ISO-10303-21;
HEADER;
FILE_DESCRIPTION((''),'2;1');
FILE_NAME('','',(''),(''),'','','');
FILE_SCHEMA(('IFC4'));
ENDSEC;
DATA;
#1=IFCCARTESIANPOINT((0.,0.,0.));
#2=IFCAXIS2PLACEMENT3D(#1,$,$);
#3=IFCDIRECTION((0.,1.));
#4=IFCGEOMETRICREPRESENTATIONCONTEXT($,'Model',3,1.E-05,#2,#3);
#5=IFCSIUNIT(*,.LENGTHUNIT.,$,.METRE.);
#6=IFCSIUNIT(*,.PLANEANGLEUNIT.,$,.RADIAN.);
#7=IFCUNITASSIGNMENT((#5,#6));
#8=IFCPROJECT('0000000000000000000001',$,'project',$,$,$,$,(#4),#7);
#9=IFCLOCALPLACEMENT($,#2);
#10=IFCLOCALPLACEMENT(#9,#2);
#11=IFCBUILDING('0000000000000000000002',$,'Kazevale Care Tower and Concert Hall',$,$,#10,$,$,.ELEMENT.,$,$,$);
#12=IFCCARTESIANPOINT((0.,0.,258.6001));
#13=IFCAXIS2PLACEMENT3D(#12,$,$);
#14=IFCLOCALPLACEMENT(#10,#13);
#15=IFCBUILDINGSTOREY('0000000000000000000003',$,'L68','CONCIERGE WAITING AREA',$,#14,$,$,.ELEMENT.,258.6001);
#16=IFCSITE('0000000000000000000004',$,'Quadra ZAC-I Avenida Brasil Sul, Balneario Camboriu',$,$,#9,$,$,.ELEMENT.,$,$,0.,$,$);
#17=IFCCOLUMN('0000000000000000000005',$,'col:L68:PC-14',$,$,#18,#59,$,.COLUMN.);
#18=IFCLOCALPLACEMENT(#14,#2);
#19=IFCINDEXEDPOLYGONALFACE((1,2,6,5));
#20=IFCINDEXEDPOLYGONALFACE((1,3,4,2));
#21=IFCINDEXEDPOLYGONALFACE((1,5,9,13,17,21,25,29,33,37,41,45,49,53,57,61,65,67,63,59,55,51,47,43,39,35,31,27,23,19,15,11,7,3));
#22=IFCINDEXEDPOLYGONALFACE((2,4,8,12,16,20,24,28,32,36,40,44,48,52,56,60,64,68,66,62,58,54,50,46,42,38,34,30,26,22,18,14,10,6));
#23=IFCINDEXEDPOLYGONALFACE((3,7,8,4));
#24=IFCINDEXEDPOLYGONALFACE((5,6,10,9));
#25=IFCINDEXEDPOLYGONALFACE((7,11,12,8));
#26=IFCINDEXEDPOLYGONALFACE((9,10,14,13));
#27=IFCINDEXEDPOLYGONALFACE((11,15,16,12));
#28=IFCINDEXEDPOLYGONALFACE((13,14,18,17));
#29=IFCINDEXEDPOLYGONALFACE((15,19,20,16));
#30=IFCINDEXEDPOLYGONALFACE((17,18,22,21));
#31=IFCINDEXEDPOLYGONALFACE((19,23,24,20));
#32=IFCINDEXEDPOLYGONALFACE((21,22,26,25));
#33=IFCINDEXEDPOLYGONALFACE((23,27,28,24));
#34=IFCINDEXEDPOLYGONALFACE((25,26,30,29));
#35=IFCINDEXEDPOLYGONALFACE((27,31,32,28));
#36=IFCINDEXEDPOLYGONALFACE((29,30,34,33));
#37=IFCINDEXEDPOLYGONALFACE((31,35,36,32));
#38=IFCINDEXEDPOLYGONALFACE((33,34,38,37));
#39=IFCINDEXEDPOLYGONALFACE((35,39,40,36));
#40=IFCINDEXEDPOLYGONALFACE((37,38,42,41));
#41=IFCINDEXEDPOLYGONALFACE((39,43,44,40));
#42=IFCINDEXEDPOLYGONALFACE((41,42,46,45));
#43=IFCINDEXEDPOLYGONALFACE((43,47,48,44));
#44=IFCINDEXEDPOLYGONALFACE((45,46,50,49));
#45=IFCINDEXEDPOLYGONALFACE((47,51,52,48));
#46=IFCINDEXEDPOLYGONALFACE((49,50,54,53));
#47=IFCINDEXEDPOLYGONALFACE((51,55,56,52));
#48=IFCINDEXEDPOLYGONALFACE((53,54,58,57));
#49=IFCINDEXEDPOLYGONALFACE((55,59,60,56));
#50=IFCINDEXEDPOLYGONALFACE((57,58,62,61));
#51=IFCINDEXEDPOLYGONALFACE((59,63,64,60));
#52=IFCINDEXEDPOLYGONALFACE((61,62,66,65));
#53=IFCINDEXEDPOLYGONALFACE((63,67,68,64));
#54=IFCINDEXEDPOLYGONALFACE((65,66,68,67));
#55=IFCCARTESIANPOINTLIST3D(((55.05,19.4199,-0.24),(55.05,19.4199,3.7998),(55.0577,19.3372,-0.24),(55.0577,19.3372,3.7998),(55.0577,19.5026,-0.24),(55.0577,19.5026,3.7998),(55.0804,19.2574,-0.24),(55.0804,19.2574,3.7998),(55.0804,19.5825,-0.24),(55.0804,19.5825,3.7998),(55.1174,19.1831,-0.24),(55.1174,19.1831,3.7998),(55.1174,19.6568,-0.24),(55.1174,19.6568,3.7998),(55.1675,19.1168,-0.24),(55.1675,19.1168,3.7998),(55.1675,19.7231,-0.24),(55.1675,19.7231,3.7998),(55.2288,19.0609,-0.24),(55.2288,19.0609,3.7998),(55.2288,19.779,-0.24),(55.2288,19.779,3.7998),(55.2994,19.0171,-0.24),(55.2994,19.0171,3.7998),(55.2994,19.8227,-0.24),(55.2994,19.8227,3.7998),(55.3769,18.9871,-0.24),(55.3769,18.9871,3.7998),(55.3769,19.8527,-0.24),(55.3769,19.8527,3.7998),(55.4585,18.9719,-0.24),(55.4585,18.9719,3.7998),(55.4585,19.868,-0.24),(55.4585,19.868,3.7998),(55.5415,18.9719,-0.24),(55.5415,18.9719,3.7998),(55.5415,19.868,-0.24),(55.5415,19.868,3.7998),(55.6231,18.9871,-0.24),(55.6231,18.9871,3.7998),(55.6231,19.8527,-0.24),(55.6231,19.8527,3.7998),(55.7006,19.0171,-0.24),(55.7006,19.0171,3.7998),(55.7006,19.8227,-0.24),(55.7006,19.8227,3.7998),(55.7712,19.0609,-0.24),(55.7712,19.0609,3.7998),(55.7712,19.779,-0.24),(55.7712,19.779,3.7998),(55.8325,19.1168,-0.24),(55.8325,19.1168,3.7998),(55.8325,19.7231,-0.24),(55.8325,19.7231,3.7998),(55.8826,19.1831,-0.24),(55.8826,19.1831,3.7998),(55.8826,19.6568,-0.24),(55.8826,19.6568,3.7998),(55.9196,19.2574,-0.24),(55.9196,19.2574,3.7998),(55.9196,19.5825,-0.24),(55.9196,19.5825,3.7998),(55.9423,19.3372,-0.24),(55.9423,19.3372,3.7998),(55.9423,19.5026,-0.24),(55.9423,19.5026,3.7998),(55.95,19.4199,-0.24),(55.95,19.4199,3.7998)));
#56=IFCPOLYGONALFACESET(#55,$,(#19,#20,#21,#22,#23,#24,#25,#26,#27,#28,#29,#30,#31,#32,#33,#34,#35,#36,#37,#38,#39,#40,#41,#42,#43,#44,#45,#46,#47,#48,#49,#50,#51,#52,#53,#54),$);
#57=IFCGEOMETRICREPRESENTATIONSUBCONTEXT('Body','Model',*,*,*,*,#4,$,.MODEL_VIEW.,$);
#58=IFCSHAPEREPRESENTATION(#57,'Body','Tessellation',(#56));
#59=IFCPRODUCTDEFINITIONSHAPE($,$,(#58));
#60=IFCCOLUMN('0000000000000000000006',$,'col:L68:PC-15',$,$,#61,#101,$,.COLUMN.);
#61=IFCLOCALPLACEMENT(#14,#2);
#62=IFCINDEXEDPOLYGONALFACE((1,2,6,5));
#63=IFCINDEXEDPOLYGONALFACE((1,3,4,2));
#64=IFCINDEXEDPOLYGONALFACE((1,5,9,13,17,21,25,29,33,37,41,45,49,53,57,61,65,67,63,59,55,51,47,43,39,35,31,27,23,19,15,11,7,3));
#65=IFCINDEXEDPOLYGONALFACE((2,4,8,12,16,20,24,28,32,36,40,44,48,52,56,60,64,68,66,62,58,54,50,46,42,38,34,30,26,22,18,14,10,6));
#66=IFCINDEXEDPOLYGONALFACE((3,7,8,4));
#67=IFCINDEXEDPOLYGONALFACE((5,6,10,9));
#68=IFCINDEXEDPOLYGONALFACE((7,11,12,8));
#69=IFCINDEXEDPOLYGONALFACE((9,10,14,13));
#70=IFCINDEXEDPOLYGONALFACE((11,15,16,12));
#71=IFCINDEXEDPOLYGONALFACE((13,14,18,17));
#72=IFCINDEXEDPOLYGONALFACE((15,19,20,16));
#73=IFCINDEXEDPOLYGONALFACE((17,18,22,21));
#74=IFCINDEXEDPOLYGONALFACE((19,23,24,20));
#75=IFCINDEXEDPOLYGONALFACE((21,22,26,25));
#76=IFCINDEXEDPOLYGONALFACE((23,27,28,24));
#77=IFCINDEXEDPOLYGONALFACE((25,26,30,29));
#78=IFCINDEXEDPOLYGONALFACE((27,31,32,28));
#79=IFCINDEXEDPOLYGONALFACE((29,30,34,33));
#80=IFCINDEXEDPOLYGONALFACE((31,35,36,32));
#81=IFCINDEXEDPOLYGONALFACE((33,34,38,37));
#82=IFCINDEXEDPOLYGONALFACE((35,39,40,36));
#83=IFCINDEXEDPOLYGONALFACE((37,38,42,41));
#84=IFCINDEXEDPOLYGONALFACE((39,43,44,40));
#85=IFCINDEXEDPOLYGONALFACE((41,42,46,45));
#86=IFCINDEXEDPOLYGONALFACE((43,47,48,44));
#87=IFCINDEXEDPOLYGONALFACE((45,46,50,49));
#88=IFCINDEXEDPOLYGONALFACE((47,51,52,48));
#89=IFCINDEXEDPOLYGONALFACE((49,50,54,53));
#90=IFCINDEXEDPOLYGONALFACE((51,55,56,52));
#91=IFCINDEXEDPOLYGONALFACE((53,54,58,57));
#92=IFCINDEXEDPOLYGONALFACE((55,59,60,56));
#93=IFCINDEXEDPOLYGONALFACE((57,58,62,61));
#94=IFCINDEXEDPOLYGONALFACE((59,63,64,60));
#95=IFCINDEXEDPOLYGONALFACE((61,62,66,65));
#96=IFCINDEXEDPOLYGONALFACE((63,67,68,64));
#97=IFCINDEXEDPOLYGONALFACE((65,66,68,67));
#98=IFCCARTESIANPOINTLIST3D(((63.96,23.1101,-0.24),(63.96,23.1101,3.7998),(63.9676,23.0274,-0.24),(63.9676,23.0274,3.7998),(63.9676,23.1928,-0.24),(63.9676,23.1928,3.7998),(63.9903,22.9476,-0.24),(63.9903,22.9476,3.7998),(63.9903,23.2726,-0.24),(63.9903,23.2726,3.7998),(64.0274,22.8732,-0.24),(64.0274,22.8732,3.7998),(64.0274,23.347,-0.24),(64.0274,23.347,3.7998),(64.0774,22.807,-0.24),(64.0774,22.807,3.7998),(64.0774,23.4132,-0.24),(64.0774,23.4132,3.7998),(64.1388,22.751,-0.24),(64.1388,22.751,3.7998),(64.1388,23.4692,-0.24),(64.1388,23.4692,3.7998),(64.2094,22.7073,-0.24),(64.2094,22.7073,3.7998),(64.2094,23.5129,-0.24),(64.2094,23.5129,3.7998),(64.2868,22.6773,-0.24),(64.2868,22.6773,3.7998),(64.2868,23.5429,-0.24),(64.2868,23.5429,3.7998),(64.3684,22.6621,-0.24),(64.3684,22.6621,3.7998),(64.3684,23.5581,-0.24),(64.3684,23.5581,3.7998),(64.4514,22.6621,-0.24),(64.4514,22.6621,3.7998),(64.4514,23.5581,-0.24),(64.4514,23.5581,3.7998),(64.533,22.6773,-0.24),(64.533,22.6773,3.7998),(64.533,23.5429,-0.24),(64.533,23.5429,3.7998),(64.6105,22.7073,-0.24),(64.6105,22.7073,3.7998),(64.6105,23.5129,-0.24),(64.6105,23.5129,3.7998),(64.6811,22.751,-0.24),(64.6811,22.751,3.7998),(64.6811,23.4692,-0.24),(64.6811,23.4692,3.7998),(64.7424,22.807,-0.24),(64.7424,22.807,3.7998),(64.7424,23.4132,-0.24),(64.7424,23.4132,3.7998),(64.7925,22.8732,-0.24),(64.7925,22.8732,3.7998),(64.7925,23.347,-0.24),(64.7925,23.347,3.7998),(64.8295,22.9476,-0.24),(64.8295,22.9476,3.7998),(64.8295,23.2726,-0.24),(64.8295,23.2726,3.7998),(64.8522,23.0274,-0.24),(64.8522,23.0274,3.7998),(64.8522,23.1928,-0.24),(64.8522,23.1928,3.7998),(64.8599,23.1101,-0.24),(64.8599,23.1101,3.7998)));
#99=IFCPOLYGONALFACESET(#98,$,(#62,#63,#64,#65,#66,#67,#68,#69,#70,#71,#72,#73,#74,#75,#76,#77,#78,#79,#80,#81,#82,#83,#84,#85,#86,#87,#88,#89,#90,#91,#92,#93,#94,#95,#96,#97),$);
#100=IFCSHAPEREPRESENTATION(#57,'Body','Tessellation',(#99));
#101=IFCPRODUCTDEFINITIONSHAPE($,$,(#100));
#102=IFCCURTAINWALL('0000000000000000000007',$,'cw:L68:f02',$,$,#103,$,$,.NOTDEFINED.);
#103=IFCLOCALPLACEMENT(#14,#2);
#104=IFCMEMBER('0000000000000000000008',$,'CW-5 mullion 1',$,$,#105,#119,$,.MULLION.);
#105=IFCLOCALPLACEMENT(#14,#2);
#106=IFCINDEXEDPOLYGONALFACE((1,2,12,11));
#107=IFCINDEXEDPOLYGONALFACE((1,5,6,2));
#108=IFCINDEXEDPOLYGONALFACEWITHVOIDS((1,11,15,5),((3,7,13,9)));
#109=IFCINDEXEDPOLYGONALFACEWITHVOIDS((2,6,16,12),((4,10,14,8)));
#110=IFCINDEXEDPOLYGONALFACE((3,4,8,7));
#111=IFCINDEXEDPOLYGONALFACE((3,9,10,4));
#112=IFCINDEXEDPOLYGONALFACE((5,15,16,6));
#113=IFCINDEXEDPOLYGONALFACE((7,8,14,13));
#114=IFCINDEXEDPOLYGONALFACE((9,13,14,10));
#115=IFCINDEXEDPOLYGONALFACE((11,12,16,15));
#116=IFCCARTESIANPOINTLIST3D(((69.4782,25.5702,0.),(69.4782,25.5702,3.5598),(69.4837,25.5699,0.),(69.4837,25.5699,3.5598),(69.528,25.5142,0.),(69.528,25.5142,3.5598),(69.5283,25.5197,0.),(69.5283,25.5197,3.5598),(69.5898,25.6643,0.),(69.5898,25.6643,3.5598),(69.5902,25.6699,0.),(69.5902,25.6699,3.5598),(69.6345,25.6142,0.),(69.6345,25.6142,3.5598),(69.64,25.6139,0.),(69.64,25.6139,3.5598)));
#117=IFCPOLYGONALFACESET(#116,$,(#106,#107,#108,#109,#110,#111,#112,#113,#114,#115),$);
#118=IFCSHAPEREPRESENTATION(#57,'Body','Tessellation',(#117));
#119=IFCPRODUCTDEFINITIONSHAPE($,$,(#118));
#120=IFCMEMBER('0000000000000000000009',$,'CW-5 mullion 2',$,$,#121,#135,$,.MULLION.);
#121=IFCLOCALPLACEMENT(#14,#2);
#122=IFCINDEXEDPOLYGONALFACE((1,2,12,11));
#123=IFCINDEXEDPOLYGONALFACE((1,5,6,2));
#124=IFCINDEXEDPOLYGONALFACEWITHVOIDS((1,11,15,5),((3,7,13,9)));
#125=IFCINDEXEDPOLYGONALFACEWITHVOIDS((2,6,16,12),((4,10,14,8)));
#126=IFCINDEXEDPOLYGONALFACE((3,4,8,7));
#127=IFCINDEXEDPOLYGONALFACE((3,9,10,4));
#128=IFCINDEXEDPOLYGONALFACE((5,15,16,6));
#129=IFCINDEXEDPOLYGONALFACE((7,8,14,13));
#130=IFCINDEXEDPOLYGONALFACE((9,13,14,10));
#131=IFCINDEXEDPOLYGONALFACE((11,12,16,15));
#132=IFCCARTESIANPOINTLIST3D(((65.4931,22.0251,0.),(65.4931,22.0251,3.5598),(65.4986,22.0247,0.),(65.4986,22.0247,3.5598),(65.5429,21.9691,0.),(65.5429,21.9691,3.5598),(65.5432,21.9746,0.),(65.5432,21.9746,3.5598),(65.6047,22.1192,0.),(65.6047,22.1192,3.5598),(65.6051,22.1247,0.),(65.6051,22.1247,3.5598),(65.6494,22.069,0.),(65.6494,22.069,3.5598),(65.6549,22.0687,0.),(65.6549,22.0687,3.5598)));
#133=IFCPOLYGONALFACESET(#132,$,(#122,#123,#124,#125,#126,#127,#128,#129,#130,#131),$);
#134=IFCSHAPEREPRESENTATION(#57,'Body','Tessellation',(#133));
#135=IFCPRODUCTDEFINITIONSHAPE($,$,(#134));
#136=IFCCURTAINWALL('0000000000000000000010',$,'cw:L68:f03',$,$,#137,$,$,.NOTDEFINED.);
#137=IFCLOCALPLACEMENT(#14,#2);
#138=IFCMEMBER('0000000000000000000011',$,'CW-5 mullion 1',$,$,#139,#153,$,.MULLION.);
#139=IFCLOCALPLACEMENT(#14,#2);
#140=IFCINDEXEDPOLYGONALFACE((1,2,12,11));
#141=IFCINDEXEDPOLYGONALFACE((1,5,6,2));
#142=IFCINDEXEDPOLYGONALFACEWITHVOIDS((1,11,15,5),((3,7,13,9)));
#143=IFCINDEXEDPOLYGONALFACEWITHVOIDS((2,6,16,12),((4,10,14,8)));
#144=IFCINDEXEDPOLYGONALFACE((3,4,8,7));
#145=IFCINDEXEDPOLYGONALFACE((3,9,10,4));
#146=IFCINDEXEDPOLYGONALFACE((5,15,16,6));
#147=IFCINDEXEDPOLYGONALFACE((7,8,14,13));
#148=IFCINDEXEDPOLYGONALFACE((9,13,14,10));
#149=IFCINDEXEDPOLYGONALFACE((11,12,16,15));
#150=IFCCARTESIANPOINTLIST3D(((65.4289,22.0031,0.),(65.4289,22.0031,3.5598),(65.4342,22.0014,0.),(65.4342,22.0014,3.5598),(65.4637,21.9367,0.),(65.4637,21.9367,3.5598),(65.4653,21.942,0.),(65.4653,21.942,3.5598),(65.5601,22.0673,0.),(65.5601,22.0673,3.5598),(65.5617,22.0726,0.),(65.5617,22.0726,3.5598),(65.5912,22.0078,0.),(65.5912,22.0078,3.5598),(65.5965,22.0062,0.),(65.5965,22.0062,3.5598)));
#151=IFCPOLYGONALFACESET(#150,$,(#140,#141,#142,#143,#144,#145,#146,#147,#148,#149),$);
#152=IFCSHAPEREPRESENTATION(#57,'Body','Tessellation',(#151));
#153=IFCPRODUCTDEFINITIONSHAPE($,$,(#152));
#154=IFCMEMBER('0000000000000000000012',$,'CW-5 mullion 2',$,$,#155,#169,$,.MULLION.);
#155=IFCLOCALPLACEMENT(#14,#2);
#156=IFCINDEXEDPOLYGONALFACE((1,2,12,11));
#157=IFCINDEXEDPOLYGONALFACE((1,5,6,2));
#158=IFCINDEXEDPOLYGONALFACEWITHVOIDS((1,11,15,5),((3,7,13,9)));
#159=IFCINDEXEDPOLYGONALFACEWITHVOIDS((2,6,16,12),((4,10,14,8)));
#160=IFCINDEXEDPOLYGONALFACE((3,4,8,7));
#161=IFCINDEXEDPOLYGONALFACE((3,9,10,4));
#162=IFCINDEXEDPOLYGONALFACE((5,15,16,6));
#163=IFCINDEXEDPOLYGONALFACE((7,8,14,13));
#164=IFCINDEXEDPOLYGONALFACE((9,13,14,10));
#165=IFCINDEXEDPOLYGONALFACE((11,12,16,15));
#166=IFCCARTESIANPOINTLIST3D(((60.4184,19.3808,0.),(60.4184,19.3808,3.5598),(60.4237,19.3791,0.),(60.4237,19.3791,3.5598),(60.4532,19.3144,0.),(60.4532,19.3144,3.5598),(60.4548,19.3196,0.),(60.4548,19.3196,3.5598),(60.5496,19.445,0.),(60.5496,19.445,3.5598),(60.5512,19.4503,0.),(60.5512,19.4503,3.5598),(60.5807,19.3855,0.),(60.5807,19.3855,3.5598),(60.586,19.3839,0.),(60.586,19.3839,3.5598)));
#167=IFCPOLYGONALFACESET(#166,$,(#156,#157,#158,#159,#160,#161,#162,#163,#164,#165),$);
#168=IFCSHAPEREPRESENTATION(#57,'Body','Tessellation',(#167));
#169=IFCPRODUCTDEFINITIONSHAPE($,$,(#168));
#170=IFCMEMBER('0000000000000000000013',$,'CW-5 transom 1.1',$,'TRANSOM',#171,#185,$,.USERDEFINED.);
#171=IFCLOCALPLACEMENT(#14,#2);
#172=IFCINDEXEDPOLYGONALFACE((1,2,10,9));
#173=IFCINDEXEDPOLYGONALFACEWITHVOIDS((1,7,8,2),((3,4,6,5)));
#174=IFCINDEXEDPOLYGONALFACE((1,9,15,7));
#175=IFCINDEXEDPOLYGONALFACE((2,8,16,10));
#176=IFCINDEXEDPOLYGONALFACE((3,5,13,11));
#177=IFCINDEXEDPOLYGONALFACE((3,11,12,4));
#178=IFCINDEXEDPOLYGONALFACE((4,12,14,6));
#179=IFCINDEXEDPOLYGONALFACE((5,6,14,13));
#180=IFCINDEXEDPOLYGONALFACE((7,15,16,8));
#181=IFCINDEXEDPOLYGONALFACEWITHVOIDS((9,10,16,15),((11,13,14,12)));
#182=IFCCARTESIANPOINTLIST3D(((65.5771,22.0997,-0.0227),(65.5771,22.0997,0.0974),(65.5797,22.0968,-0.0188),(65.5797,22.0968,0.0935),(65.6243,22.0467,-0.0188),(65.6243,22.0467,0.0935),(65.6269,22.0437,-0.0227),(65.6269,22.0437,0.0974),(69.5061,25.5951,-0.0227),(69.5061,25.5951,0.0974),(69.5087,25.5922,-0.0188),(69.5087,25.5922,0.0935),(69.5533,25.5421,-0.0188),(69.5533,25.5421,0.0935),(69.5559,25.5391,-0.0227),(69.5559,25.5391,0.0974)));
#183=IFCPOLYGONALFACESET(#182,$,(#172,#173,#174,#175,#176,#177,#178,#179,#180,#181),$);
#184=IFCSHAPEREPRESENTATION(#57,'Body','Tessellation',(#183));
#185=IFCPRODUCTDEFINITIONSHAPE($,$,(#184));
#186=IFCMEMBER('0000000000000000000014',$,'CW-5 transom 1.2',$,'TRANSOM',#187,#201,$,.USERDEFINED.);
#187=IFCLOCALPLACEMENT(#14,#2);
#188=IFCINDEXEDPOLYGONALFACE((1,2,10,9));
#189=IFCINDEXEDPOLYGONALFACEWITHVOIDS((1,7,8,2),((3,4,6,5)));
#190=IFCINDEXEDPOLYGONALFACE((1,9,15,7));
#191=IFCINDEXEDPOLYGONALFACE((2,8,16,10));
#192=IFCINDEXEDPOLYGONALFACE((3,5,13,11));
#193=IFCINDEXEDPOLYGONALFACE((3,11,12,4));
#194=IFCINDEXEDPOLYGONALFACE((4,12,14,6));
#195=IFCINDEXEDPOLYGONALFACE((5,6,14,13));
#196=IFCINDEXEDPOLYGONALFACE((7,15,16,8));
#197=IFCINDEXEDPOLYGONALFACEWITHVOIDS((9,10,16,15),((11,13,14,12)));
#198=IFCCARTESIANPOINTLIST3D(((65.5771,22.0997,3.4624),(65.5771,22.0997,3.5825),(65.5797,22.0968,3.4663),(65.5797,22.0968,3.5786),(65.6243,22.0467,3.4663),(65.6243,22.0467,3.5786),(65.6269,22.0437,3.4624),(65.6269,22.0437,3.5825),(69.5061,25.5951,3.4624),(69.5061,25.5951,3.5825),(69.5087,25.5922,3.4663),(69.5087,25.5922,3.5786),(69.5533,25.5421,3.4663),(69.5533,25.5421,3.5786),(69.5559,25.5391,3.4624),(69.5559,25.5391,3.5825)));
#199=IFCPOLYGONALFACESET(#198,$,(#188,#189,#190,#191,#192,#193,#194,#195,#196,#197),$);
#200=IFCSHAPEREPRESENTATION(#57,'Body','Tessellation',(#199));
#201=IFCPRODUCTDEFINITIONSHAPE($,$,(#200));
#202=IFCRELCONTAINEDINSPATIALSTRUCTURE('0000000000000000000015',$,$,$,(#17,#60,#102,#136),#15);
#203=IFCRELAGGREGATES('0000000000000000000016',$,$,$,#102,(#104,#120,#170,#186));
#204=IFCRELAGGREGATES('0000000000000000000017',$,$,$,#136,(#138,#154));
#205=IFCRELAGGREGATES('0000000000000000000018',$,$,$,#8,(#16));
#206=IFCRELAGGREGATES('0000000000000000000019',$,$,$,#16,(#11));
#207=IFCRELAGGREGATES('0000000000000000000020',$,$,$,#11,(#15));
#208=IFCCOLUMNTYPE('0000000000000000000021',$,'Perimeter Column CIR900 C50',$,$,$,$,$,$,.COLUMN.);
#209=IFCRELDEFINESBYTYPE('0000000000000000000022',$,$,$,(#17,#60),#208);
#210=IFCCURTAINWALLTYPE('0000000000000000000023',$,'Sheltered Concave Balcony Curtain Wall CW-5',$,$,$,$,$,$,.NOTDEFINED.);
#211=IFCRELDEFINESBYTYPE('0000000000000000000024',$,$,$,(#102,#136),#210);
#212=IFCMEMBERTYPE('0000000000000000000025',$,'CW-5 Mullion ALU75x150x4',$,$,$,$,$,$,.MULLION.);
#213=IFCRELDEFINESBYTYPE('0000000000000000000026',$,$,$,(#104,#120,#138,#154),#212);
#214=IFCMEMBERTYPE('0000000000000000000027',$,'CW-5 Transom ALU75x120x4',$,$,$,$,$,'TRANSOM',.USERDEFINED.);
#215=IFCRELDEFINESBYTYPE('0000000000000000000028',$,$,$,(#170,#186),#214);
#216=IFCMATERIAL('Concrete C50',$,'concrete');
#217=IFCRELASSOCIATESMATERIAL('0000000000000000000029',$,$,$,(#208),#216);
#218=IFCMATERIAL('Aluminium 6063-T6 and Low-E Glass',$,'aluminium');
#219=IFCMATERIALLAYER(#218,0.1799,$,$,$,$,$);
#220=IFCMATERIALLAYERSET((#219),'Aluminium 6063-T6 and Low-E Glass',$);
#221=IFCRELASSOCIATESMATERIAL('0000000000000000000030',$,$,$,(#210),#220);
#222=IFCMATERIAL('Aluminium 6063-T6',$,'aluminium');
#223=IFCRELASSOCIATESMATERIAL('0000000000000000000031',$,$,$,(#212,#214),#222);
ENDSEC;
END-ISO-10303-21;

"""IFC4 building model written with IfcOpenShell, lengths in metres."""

from ifc_helpers import new_model, si_unit, direction, frame, origin, origin_2d, place, context, subcontext, project, spatial, hollow_rectangle, circle, extrude, material, layer, layer_set, material_profile, profile_set, type_object, element, aggregate, save


model = new_model("IFC4")

# Units and contexts
model_context = context("Model", 3, precision=1e-05, world=origin(), true_north=direction((0.0, 1.0)))
body_context = subcontext(model_context, "Body", "Model", "MODEL_VIEW")
ifc_project = project(units=[si_unit("LENGTHUNIT", "METRE"), si_unit("PLANEANGLEUNIT", "RADIAN")], contexts=[model_context])

# Site, building, storey
site_placement = place(None, origin())
site = spatial("IfcSite", under=ifc_project, at=site_placement, Name="Quadra ZAC-I Avenida Brasil Sul, Balneario Camboriu", CompositionType="ELEMENT", RefElevation=0.0)
building_placement = place(site_placement, origin())
building = spatial("IfcBuilding", under=site, at=building_placement, Name="Kazevale Care Tower and Concert Hall", CompositionType="ELEMENT")
storey_placement = place(building_placement, frame((0.0, 0.0, 258.6001)))
storey = spatial("IfcBuildingStorey", under=building, at=storey_placement, Name="L68", Description="CONCIERGE WAITING AREA", CompositionType="ELEMENT", Elevation=258.6001)

# Columns
ifc_material_1 = material(Name="Concrete C50", Category="concrete")
ifc_material_profile_1 = material_profile(ifc_material_1, circle(Radius=0.45, at=origin_2d()), Name="RC-CIR900")
ifc_profile_set_1 = profile_set([ifc_material_profile_1], Name="Concrete C50")
column_type = type_object("IfcColumnType", Name="Perimeter Column CIR900 C50", PredefinedType="COLUMN", material=ifc_profile_set_1)
for number, where, z_axis, x_axis, name in (
    (1, (55.5, 19.4199, -0.24), (0.0, 0.0, 1.0), (1.0, 0.0, 0.0), "col:L68:PC-14"),
    (2, (64.4099, 23.1101, -0.24), (0.0, 0.0, 1.0), (1.0, 0.0, 0.0), "col:L68:PC-15"),
):
    element("IfcColumn", number, at=place(storey_placement, frame(where, z_axis=z_axis, x_axis=x_axis)), inside=storey, type_object=column_type, Name=name, PredefinedType="COLUMN", context=body_context, shape_type="SweptSolid", body=[
        extrude(circle(Radius=0.45, at=origin_2d()), origin(), (0.0, 0.0, 1.0), 4.0398),
    ])

# Curtain walls, members
ifc_material_2 = material(Name="Aluminium 6063-T6 and Low-E Glass", Category="aluminium")
ifc_layer_1 = layer(ifc_material_2, 0.1799)
ifc_layer_set_1 = layer_set([ifc_layer_1], Name="Aluminium 6063-T6 and Low-E Glass")
curtain_wall_type = type_object("IfcCurtainWallType", Name="Sheltered Concave Balcony Curtain Wall CW-5", PredefinedType="NOTDEFINED", material=ifc_layer_set_1)
curtain_wall_1_placement = place(storey_placement, origin())
curtain_wall_1 = element("IfcCurtainWall", 3, at=curtain_wall_1_placement, inside=storey, type_object=curtain_wall_type, Name="cw:L68:f02", PredefinedType="NOTDEFINED")
ifc_material_3 = material(Name="Aluminium 6063-T6", Category="aluminium")
ifc_material_profile_2 = material_profile(ifc_material_3, hollow_rectangle(XDim=0.075, YDim=0.1499, WallThickness=0.0039, at=origin_2d()), Name="ALU75x150x4")
ifc_profile_set_2 = profile_set([ifc_material_profile_2], Name="Aluminium 6063-T6")
member_type_1 = type_object("IfcMemberType", Name="CW-5 Mullion ALU75x150x4", PredefinedType="MULLION", material=ifc_profile_set_2)
member_1_placement = place(storey_placement, frame((69.5591, 25.592, 0.0), z_axis=(0.0, 0.0, 1.0), x_axis=(0.664674, -0.747134, 0.0)))
member_1 = element("IfcMember", 4, at=member_1_placement, type_object=member_type_1, Name="CW-5 mullion 1", PredefinedType="MULLION", context=body_context, shape_type="SweptSolid", body=[
    extrude(hollow_rectangle(XDim=0.075, YDim=0.1499, WallThickness=0.0039, at=origin_2d()), origin(), (0.0, 0.0, 1.0), 3.5598),
])
member_2_placement = place(storey_placement, frame((65.574, 22.0469, 0.0), z_axis=(0.0, 0.0, 1.0), x_axis=(0.664674, -0.747134, 0.0)))
member_2 = element("IfcMember", 5, at=member_2_placement, type_object=member_type_1, Name="CW-5 mullion 2", PredefinedType="MULLION", context=body_context, shape_type="SweptSolid", body=[
    extrude(hollow_rectangle(XDim=0.075, YDim=0.1499, WallThickness=0.0039, at=origin_2d()), origin(), (0.0, 0.0, 1.0), 3.5598),
])
curtain_wall_2_placement = place(storey_placement, origin())
curtain_wall_2 = element("IfcCurtainWall", 6, at=curtain_wall_2_placement, inside=storey, type_object=curtain_wall_type, Name="cw:L68:f03", PredefinedType="NOTDEFINED")
member_3_placement = place(storey_placement, frame((65.5127, 22.0046, 0.0), z_axis=(0.0, 0.0, 1.0), x_axis=(0.463681, -0.886002, 0.0)))
member_3 = element("IfcMember", 7, at=member_3_placement, type_object=member_type_1, Name="CW-5 mullion 1", PredefinedType="MULLION", context=body_context, shape_type="SweptSolid", body=[
    extrude(hollow_rectangle(XDim=0.075, YDim=0.1499, WallThickness=0.0039, at=origin_2d()), origin(), (0.0, 0.0, 1.0), 3.5598),
])
member_4_placement = place(storey_placement, frame((60.5022, 19.3823, 0.0), z_axis=(0.0, 0.0, 1.0), x_axis=(0.463681, -0.886002, 0.0)))
member_4 = element("IfcMember", 8, at=member_4_placement, type_object=member_type_1, Name="CW-5 mullion 2", PredefinedType="MULLION", context=body_context, shape_type="SweptSolid", body=[
    extrude(hollow_rectangle(XDim=0.075, YDim=0.1499, WallThickness=0.0039, at=origin_2d()), origin(), (0.0, 0.0, 1.0), 3.5598),
])

# Members
ifc_material_profile_3 = material_profile(ifc_material_3, hollow_rectangle(XDim=0.075, YDim=0.1201, WallThickness=0.0039, at=origin_2d()), Name="ALU75x120x4")
ifc_profile_set_3 = profile_set([ifc_material_profile_3], Name="Aluminium 6063-T6")
member_type_2 = type_object("IfcMemberType", Name="CW-5 Transom ALU75x120x4", ElementType="TRANSOM", PredefinedType="USERDEFINED", material=ifc_profile_set_3)
member_5_placement = place(storey_placement, frame((69.531, 25.5671, 0.0374), z_axis=(-0.74713, -0.664678, 0.0), x_axis=(0.664678, -0.74713, 0.0)))
member_5 = element("IfcMember", 9, at=member_5_placement, type_object=member_type_2, Name="CW-5 transom 1.1", ObjectType="TRANSOM", PredefinedType="USERDEFINED", context=body_context, shape_type="SweptSolid", body=[
    extrude(hollow_rectangle(XDim=0.075, YDim=0.1201, WallThickness=0.0039, at=origin_2d()), origin(), (0.0, 0.0, 1.0), 5.2588),
])
member_6_placement = place(storey_placement, frame((69.531, 25.5671, 3.5225), z_axis=(-0.74713, -0.664678, 0.0), x_axis=(0.664678, -0.74713, 0.0)))
member_6 = element("IfcMember", 10, at=member_6_placement, type_object=member_type_2, Name="CW-5 transom 1.2", ObjectType="TRANSOM", PredefinedType="USERDEFINED", context=body_context, shape_type="SweptSolid", body=[
    extrude(hollow_rectangle(XDim=0.075, YDim=0.1201, WallThickness=0.0039, at=origin_2d()), origin(), (0.0, 0.0, 1.0), 5.2588),
])

aggregate(curtain_wall_1, [member_1, member_2, member_5, member_6])
aggregate(curtain_wall_2, [member_3, member_4])

save(model, "model.ifc")
